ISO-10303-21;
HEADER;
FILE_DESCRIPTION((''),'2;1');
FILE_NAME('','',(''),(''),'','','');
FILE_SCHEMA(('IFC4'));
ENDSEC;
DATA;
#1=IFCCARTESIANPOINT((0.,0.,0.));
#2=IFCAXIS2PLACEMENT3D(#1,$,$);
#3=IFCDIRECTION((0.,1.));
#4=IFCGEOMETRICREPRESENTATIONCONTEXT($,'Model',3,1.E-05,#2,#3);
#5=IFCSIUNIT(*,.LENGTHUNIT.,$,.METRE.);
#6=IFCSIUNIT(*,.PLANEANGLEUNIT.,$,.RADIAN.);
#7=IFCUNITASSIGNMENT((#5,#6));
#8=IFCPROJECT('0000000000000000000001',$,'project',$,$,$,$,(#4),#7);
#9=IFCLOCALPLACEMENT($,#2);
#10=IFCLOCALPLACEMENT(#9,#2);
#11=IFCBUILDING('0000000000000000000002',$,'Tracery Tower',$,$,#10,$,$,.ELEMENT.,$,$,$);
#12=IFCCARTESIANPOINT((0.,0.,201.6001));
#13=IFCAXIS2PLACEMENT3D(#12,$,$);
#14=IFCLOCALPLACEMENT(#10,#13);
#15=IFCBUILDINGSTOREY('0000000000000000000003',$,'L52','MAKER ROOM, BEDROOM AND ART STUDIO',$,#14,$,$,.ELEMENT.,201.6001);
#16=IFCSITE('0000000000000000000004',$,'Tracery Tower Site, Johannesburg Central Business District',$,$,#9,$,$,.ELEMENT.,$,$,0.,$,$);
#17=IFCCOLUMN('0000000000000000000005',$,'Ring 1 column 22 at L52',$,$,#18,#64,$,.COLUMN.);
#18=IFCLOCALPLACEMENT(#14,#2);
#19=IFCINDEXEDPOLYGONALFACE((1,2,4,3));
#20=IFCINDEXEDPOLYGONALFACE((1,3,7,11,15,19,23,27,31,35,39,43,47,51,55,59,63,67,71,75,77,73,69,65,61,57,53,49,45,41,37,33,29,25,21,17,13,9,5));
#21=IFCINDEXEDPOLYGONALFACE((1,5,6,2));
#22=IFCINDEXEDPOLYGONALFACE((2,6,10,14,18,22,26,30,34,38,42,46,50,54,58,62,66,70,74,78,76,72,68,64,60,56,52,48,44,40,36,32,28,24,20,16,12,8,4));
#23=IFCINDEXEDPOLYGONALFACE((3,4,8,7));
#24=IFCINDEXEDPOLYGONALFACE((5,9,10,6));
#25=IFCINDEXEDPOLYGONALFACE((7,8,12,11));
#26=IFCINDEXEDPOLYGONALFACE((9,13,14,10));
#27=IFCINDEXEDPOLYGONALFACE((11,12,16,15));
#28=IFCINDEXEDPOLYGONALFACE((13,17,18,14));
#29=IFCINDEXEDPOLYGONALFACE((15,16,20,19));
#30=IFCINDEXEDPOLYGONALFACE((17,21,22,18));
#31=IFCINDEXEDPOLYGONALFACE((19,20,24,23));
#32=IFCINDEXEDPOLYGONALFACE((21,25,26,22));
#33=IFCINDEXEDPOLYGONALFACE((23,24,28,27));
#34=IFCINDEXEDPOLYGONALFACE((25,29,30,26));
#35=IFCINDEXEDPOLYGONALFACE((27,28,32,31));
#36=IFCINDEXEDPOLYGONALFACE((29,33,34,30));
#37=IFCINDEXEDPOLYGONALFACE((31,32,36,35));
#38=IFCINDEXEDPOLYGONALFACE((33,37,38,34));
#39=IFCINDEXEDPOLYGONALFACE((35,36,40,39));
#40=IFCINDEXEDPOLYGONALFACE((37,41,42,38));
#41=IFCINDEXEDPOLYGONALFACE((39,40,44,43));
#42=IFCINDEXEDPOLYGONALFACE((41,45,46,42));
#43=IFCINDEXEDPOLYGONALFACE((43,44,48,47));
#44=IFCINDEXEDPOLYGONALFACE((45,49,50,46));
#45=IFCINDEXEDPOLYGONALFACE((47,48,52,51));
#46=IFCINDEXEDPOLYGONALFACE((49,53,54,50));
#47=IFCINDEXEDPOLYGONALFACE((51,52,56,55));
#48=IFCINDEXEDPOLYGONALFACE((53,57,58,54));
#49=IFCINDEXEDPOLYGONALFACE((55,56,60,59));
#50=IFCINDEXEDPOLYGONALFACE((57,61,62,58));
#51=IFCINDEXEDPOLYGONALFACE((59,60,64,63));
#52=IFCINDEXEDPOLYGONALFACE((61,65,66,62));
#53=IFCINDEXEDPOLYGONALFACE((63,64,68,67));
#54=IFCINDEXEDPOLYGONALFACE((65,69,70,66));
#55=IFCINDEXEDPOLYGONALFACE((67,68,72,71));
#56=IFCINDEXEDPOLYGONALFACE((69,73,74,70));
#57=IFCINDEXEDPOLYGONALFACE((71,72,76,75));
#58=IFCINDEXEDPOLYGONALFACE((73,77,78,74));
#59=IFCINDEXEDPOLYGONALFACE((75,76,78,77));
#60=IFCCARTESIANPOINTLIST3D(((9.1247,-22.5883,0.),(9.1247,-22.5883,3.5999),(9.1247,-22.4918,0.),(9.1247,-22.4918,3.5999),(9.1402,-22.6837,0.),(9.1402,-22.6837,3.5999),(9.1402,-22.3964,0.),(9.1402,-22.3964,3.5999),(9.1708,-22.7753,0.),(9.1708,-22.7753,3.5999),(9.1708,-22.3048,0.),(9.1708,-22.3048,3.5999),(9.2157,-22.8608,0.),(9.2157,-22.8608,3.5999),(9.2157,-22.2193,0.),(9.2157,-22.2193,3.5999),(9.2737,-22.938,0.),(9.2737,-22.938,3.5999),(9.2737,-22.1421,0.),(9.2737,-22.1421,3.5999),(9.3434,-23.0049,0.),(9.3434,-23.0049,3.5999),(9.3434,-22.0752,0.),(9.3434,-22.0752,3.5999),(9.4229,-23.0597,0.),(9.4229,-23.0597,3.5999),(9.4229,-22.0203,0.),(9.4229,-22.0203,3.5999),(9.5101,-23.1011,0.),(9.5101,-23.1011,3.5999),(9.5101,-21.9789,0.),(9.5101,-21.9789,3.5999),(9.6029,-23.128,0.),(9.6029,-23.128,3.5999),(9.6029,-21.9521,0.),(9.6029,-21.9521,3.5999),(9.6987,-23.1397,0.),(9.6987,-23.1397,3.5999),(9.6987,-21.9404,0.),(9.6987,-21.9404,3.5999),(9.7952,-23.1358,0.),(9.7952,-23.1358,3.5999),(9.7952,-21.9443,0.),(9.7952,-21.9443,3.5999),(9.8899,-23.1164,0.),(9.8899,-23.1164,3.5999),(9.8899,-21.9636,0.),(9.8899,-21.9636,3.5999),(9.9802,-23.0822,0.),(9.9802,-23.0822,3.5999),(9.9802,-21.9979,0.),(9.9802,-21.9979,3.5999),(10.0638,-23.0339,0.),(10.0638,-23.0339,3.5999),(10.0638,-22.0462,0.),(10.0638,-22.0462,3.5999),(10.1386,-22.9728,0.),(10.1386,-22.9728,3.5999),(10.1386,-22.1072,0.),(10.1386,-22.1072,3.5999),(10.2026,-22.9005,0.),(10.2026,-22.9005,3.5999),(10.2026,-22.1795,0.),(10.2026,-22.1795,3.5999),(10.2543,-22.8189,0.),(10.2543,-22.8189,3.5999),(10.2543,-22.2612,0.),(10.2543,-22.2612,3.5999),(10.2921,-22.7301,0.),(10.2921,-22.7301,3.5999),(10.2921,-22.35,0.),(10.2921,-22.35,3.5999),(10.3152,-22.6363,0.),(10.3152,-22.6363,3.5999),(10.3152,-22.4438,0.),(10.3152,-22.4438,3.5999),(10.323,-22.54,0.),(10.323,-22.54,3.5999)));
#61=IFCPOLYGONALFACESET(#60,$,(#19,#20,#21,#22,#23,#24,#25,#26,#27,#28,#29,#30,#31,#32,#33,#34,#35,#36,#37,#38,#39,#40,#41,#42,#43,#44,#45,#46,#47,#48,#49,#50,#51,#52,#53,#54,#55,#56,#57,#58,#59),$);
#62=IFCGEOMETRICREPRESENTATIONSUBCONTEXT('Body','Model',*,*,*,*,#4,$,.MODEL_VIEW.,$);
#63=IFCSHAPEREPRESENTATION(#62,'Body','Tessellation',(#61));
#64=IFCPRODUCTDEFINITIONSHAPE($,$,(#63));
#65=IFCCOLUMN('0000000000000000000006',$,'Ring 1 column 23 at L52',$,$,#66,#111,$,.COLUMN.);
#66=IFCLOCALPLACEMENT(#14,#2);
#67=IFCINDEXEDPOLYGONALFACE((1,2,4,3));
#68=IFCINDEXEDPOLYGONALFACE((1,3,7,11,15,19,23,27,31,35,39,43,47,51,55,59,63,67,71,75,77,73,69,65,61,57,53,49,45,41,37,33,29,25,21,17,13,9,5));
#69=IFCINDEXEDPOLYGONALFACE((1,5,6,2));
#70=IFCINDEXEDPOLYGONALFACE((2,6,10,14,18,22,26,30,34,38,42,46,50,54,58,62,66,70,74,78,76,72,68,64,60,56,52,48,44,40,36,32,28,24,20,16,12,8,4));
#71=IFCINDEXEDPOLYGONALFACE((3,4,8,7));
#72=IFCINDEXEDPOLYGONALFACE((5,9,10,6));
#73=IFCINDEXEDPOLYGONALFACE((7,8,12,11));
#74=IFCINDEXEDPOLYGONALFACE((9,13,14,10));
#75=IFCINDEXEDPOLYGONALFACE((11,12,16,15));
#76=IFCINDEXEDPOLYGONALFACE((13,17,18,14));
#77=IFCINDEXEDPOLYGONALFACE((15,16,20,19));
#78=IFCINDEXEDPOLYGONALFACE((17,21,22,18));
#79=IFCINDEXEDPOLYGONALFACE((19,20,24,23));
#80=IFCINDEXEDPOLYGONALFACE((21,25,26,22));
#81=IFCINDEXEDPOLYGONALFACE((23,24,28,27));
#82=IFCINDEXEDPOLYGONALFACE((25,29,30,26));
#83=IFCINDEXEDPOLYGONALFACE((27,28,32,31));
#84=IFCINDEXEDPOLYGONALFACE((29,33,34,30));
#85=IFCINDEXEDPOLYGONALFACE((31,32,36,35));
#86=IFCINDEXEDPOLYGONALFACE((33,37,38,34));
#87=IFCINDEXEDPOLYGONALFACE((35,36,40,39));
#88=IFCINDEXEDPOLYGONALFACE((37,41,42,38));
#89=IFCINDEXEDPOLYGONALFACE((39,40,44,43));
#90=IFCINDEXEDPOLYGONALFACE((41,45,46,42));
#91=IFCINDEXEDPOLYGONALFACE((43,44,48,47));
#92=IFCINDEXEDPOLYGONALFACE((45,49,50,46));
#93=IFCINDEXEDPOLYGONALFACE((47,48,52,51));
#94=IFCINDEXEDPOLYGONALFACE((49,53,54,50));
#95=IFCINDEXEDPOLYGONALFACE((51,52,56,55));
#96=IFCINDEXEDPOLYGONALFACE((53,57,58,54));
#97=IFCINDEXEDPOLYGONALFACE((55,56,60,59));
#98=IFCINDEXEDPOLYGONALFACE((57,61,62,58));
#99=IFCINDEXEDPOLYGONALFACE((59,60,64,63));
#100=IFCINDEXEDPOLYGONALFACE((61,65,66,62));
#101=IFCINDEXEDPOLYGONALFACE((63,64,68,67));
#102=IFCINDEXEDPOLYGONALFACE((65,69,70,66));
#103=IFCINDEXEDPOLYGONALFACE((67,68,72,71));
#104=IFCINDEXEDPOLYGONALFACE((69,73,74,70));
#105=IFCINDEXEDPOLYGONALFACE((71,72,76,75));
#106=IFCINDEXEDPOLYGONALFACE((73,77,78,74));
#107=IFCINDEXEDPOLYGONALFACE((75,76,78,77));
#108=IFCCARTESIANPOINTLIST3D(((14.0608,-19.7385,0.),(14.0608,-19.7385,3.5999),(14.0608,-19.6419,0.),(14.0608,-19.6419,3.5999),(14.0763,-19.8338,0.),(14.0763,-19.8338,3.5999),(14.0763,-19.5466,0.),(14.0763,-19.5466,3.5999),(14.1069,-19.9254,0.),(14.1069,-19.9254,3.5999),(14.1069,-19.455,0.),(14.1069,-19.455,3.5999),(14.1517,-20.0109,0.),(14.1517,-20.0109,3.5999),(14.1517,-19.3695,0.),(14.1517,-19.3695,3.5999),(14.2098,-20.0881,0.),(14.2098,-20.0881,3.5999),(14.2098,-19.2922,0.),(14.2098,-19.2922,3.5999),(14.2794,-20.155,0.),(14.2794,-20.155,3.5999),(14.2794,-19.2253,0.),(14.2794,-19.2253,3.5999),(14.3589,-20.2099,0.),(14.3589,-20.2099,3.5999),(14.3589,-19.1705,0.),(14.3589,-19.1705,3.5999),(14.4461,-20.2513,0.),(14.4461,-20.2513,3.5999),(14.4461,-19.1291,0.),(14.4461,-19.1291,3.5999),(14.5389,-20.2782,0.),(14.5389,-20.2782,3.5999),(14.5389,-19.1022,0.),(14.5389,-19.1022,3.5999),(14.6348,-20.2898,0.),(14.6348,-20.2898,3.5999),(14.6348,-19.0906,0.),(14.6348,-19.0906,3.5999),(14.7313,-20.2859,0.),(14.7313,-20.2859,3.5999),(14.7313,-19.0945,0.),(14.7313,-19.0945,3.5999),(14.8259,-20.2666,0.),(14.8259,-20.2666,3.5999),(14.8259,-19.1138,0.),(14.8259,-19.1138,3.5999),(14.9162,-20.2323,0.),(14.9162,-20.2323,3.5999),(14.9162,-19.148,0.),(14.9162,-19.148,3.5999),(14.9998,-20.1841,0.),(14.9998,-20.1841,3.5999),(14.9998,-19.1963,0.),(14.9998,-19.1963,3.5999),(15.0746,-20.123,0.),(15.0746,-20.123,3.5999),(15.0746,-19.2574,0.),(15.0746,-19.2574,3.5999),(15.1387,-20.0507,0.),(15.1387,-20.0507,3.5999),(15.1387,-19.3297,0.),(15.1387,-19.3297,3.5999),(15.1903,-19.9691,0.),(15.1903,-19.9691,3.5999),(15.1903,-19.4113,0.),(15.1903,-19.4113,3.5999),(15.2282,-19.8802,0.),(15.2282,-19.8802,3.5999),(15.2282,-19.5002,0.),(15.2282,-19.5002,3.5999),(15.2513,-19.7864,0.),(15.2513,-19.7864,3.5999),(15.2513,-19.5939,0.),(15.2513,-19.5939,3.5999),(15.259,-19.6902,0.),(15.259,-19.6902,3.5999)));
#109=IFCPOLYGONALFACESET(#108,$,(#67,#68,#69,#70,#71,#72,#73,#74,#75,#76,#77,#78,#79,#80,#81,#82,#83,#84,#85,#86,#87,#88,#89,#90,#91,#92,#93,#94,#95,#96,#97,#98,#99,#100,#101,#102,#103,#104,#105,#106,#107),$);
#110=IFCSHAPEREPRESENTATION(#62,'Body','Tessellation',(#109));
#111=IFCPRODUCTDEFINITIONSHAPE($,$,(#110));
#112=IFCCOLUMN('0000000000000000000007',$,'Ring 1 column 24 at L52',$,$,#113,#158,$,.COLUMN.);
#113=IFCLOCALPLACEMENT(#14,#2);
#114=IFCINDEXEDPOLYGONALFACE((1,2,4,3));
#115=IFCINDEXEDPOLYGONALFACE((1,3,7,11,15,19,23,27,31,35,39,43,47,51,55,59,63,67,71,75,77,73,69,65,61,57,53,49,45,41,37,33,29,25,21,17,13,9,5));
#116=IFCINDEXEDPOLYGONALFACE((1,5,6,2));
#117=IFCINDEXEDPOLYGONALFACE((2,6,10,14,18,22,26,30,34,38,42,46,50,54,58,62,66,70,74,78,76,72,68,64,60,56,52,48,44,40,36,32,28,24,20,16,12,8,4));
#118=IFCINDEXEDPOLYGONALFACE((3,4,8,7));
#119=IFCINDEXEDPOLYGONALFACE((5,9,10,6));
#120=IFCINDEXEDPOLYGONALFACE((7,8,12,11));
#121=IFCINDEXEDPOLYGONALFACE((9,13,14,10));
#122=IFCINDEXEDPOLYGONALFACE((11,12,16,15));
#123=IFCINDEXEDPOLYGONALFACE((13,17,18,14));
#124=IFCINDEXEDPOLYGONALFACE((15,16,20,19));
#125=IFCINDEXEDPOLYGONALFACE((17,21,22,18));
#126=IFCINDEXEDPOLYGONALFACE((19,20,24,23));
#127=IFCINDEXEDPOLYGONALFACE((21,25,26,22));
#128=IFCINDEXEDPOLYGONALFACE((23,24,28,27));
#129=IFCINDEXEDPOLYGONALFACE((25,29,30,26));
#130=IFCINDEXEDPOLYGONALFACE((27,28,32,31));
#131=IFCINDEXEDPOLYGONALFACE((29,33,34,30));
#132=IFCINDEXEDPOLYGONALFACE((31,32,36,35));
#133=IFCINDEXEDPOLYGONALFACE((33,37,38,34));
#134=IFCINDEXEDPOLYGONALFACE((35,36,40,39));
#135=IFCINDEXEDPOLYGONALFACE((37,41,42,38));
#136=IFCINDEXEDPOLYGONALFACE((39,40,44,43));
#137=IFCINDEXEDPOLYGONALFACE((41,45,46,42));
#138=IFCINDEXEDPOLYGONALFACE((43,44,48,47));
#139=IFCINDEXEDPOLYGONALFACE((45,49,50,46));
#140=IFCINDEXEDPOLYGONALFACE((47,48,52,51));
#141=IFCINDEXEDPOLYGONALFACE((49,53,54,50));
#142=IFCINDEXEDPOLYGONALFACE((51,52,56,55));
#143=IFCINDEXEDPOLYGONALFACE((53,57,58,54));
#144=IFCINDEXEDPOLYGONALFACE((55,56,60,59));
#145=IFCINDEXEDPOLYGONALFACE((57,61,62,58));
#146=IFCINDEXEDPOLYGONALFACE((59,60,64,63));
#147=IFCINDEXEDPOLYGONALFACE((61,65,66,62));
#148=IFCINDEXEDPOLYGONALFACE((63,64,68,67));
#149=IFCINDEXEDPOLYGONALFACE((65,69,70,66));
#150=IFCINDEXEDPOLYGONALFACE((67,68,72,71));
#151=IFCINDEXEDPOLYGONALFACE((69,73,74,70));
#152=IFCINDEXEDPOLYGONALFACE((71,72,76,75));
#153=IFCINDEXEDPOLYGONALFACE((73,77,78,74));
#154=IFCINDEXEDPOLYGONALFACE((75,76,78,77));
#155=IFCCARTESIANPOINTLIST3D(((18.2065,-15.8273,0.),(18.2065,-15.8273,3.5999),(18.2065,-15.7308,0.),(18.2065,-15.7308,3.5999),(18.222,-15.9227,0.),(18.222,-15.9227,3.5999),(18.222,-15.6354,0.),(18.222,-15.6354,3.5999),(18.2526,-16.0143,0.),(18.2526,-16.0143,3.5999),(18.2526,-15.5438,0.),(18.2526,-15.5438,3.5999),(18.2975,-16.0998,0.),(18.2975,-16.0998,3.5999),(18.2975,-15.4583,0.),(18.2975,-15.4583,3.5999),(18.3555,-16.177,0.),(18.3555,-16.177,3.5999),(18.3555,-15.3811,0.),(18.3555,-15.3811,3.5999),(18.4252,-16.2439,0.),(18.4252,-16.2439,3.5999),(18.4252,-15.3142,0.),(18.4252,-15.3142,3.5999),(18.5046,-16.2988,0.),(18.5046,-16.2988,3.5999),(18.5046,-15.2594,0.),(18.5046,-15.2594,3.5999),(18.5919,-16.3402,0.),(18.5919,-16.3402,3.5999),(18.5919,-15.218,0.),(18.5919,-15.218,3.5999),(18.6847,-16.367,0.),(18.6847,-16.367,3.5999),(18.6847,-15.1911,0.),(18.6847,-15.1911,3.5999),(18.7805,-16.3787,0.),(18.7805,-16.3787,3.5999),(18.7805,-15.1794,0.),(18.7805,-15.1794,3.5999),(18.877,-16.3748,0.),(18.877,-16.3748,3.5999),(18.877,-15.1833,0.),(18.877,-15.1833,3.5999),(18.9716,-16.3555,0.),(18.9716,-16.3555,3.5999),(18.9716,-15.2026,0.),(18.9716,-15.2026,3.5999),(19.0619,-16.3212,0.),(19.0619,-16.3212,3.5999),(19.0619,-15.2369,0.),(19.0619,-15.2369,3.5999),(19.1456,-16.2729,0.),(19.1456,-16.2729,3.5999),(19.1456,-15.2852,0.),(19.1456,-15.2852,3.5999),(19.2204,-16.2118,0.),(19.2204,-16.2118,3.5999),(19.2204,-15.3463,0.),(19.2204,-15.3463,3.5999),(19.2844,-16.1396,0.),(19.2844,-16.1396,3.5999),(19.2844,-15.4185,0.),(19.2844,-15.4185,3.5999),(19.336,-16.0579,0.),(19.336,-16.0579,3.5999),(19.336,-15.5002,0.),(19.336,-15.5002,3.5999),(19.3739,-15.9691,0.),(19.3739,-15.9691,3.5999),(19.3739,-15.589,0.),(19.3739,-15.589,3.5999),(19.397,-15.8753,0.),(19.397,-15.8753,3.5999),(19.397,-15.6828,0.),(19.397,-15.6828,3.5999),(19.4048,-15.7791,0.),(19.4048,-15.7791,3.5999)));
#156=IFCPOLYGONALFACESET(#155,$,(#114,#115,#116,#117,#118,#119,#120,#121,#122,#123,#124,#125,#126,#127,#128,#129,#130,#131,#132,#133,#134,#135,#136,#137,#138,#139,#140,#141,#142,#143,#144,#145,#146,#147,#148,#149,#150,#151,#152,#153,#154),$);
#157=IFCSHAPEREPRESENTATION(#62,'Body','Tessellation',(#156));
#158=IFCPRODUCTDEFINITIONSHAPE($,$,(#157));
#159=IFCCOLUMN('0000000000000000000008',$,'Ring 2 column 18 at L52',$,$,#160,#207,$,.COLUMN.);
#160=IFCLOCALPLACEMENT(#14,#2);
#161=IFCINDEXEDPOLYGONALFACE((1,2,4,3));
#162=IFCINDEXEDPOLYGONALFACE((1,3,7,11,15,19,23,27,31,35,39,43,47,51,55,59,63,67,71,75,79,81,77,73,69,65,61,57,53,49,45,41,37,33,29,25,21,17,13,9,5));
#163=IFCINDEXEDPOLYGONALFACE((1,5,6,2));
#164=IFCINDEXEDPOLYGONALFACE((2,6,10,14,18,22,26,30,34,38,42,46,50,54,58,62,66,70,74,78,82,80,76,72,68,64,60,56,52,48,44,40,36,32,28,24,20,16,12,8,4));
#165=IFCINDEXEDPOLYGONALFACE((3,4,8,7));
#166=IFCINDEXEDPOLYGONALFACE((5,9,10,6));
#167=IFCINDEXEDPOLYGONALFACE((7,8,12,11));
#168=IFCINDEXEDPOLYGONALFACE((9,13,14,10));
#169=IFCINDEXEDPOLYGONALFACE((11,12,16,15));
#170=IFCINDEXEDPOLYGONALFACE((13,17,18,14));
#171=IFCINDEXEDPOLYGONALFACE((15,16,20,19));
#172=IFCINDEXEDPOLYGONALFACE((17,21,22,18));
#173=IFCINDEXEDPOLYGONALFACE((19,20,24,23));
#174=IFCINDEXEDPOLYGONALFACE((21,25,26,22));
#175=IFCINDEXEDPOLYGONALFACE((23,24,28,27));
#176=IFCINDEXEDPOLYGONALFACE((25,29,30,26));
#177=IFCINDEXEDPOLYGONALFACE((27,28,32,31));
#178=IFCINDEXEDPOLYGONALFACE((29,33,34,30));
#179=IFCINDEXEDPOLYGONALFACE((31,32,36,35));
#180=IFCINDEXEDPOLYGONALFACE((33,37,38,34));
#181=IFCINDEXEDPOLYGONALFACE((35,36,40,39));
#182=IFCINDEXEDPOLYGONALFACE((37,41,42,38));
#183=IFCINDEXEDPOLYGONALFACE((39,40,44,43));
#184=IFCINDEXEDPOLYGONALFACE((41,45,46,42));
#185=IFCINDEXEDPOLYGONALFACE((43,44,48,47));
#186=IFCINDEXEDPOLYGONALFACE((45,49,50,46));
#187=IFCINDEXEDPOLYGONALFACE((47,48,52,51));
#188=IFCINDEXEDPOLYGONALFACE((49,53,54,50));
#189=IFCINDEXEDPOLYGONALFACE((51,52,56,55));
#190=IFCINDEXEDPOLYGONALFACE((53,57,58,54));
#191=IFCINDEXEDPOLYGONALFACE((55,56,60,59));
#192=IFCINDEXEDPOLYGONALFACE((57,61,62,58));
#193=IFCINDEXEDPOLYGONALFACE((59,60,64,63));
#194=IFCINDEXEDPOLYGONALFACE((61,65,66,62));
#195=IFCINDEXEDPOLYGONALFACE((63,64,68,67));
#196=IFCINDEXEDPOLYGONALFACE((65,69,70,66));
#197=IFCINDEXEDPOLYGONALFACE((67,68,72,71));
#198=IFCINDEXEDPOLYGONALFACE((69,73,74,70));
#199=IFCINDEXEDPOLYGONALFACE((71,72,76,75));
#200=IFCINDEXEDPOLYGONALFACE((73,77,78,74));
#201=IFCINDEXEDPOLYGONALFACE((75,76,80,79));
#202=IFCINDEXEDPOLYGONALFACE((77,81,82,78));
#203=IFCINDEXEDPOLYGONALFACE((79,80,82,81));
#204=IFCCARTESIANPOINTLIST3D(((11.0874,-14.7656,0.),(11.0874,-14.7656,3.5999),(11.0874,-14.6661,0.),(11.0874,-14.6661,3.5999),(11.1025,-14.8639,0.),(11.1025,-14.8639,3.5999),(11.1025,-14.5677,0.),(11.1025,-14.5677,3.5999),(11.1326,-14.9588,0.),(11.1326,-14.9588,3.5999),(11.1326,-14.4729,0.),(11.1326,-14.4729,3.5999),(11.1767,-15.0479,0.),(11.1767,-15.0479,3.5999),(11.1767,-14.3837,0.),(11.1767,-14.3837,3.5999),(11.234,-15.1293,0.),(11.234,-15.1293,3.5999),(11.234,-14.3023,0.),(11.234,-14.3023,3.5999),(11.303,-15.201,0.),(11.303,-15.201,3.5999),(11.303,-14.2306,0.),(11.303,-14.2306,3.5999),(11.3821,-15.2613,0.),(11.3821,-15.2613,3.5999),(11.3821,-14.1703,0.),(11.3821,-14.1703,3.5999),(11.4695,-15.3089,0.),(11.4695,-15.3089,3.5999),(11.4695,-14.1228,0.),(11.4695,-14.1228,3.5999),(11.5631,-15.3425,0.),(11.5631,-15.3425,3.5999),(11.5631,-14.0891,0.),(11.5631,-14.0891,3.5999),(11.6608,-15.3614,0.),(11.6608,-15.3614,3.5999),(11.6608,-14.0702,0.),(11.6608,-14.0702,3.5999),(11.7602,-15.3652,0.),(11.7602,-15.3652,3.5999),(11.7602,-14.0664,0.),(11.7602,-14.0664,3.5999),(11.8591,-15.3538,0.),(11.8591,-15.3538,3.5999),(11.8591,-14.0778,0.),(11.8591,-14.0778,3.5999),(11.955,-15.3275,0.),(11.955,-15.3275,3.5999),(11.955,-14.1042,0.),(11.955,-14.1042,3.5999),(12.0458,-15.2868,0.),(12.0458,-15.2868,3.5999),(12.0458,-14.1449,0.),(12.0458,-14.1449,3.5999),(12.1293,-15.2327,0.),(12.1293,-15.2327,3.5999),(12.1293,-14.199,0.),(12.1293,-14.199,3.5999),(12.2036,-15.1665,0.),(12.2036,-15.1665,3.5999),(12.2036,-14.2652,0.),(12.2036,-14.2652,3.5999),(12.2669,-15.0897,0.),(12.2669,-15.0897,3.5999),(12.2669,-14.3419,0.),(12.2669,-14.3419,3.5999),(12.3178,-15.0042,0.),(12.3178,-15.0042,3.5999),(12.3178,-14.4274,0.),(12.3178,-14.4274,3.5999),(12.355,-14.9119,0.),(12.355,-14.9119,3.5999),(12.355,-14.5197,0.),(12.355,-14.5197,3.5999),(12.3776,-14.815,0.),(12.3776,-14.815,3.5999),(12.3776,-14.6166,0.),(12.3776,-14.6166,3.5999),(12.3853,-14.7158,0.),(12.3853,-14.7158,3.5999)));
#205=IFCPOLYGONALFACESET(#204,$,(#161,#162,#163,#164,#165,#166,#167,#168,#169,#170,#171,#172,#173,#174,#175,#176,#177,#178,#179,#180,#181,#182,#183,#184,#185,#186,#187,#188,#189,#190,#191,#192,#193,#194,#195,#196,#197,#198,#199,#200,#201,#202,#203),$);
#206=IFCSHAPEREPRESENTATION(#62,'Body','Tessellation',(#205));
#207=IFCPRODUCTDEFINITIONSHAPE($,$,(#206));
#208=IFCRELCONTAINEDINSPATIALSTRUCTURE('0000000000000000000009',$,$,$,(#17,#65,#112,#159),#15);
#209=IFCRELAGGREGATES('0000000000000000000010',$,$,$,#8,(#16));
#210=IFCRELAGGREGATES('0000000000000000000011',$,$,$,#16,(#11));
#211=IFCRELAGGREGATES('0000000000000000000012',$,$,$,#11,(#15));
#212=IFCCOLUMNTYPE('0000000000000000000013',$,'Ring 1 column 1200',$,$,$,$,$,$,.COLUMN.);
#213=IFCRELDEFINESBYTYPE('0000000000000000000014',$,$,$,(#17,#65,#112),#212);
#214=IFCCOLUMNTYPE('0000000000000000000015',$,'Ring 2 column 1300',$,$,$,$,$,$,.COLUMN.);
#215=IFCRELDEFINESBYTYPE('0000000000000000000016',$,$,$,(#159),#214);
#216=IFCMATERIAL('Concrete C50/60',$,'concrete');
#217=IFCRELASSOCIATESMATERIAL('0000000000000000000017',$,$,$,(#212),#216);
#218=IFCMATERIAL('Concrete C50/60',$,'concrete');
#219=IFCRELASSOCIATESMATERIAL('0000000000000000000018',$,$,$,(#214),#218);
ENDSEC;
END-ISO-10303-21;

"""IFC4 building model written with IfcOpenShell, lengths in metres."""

from ifc_helpers import new_model, si_unit, direction, frame, origin, origin_2d, place, context, subcontext, project, spatial, circle, extrude, material, material_profile, profile_set, type_object, element, save


model = new_model("IFC4")

# Units and contexts
model_context = context("Model", 3, precision=1e-05, world=origin(), true_north=direction((0.0, 1.0)))
body_context = subcontext(model_context, "Body", "Model", "MODEL_VIEW")
ifc_project = project(units=[si_unit("LENGTHUNIT", "METRE"), si_unit("PLANEANGLEUNIT", "RADIAN")], contexts=[model_context])

# Site, building, storey
site_placement = place(None, origin())
site = spatial("IfcSite", under=ifc_project, at=site_placement, Name="Tracery Tower Site, Johannesburg Central Business District", CompositionType="ELEMENT", RefElevation=0.0)
building_placement = place(site_placement, origin())
building = spatial("IfcBuilding", under=site, at=building_placement, Name="Tracery Tower", CompositionType="ELEMENT")
storey_placement = place(building_placement, frame((0.0, 0.0, 201.6001)))
storey = spatial("IfcBuildingStorey", under=building, at=storey_placement, Name="L52", Description="MAKER ROOM, BEDROOM AND ART STUDIO", CompositionType="ELEMENT", Elevation=201.6001)

# Columns
ifc_material_1 = material(Name="Concrete C50/60", Category="concrete")
ifc_material_profile_1 = material_profile(ifc_material_1, circle(Radius=0.6001, at=origin_2d()), Name="RC D1200")
ifc_profile_set_1 = profile_set([ifc_material_profile_1], Name="Concrete C50/60")
column_type_1 = type_object("IfcColumnType", Name="Ring 1 column 1200", PredefinedType="COLUMN", material=ifc_profile_set_1)
for number, where, z_axis, x_axis, name in (
    (1, (9.7229, -22.54, 0.0), (0.0, 0.0, 1.0), (1.0, 0.0, 0.0), "Ring 1 column 22 at L52"),
    (2, (14.6589, -19.6902, 0.0), (0.0, 0.0, 1.0), (1.0, 0.0, 0.0), "Ring 1 column 23 at L52"),
    (3, (18.8047, -15.7791, 0.0), (0.0, 0.0, 1.0), (1.0, 0.0, 0.0), "Ring 1 column 24 at L52"),
):
    element("IfcColumn", number, at=place(storey_placement, frame(where, z_axis=z_axis, x_axis=x_axis)), inside=storey, type_object=column_type_1, Name=name, PredefinedType="COLUMN", context=body_context, shape_type="SweptSolid", body=[
        extrude(circle(Radius=0.6001, at=origin_2d()), origin(), (0.0, 0.0, 1.0), 3.5999),
    ])
ifc_material_2 = material(Name="Concrete C50/60", Category="concrete")
ifc_material_profile_2 = material_profile(ifc_material_2, circle(Radius=0.6499, at=origin_2d()), Name="RC D1300")
ifc_profile_set_2 = profile_set([ifc_material_profile_2], Name="Concrete C50/60")
column_type_2 = type_object("IfcColumnType", Name="Ring 2 column 1300", PredefinedType="COLUMN", material=ifc_profile_set_2)
column_placement = place(storey_placement, frame((11.7354, -14.7158, 0.0), z_axis=(0.0, 0.0, 1.0), x_axis=(1.0, 0.0, 0.0)))
element("IfcColumn", 4, at=column_placement, inside=storey, type_object=column_type_2, Name="Ring 2 column 18 at L52", PredefinedType="COLUMN", context=body_context, shape_type="SweptSolid", body=[
    extrude(circle(Radius=0.6499, at=origin_2d()), origin(), (0.0, 0.0, 1.0), 3.5999),
])

save(model, "model.ifc")
